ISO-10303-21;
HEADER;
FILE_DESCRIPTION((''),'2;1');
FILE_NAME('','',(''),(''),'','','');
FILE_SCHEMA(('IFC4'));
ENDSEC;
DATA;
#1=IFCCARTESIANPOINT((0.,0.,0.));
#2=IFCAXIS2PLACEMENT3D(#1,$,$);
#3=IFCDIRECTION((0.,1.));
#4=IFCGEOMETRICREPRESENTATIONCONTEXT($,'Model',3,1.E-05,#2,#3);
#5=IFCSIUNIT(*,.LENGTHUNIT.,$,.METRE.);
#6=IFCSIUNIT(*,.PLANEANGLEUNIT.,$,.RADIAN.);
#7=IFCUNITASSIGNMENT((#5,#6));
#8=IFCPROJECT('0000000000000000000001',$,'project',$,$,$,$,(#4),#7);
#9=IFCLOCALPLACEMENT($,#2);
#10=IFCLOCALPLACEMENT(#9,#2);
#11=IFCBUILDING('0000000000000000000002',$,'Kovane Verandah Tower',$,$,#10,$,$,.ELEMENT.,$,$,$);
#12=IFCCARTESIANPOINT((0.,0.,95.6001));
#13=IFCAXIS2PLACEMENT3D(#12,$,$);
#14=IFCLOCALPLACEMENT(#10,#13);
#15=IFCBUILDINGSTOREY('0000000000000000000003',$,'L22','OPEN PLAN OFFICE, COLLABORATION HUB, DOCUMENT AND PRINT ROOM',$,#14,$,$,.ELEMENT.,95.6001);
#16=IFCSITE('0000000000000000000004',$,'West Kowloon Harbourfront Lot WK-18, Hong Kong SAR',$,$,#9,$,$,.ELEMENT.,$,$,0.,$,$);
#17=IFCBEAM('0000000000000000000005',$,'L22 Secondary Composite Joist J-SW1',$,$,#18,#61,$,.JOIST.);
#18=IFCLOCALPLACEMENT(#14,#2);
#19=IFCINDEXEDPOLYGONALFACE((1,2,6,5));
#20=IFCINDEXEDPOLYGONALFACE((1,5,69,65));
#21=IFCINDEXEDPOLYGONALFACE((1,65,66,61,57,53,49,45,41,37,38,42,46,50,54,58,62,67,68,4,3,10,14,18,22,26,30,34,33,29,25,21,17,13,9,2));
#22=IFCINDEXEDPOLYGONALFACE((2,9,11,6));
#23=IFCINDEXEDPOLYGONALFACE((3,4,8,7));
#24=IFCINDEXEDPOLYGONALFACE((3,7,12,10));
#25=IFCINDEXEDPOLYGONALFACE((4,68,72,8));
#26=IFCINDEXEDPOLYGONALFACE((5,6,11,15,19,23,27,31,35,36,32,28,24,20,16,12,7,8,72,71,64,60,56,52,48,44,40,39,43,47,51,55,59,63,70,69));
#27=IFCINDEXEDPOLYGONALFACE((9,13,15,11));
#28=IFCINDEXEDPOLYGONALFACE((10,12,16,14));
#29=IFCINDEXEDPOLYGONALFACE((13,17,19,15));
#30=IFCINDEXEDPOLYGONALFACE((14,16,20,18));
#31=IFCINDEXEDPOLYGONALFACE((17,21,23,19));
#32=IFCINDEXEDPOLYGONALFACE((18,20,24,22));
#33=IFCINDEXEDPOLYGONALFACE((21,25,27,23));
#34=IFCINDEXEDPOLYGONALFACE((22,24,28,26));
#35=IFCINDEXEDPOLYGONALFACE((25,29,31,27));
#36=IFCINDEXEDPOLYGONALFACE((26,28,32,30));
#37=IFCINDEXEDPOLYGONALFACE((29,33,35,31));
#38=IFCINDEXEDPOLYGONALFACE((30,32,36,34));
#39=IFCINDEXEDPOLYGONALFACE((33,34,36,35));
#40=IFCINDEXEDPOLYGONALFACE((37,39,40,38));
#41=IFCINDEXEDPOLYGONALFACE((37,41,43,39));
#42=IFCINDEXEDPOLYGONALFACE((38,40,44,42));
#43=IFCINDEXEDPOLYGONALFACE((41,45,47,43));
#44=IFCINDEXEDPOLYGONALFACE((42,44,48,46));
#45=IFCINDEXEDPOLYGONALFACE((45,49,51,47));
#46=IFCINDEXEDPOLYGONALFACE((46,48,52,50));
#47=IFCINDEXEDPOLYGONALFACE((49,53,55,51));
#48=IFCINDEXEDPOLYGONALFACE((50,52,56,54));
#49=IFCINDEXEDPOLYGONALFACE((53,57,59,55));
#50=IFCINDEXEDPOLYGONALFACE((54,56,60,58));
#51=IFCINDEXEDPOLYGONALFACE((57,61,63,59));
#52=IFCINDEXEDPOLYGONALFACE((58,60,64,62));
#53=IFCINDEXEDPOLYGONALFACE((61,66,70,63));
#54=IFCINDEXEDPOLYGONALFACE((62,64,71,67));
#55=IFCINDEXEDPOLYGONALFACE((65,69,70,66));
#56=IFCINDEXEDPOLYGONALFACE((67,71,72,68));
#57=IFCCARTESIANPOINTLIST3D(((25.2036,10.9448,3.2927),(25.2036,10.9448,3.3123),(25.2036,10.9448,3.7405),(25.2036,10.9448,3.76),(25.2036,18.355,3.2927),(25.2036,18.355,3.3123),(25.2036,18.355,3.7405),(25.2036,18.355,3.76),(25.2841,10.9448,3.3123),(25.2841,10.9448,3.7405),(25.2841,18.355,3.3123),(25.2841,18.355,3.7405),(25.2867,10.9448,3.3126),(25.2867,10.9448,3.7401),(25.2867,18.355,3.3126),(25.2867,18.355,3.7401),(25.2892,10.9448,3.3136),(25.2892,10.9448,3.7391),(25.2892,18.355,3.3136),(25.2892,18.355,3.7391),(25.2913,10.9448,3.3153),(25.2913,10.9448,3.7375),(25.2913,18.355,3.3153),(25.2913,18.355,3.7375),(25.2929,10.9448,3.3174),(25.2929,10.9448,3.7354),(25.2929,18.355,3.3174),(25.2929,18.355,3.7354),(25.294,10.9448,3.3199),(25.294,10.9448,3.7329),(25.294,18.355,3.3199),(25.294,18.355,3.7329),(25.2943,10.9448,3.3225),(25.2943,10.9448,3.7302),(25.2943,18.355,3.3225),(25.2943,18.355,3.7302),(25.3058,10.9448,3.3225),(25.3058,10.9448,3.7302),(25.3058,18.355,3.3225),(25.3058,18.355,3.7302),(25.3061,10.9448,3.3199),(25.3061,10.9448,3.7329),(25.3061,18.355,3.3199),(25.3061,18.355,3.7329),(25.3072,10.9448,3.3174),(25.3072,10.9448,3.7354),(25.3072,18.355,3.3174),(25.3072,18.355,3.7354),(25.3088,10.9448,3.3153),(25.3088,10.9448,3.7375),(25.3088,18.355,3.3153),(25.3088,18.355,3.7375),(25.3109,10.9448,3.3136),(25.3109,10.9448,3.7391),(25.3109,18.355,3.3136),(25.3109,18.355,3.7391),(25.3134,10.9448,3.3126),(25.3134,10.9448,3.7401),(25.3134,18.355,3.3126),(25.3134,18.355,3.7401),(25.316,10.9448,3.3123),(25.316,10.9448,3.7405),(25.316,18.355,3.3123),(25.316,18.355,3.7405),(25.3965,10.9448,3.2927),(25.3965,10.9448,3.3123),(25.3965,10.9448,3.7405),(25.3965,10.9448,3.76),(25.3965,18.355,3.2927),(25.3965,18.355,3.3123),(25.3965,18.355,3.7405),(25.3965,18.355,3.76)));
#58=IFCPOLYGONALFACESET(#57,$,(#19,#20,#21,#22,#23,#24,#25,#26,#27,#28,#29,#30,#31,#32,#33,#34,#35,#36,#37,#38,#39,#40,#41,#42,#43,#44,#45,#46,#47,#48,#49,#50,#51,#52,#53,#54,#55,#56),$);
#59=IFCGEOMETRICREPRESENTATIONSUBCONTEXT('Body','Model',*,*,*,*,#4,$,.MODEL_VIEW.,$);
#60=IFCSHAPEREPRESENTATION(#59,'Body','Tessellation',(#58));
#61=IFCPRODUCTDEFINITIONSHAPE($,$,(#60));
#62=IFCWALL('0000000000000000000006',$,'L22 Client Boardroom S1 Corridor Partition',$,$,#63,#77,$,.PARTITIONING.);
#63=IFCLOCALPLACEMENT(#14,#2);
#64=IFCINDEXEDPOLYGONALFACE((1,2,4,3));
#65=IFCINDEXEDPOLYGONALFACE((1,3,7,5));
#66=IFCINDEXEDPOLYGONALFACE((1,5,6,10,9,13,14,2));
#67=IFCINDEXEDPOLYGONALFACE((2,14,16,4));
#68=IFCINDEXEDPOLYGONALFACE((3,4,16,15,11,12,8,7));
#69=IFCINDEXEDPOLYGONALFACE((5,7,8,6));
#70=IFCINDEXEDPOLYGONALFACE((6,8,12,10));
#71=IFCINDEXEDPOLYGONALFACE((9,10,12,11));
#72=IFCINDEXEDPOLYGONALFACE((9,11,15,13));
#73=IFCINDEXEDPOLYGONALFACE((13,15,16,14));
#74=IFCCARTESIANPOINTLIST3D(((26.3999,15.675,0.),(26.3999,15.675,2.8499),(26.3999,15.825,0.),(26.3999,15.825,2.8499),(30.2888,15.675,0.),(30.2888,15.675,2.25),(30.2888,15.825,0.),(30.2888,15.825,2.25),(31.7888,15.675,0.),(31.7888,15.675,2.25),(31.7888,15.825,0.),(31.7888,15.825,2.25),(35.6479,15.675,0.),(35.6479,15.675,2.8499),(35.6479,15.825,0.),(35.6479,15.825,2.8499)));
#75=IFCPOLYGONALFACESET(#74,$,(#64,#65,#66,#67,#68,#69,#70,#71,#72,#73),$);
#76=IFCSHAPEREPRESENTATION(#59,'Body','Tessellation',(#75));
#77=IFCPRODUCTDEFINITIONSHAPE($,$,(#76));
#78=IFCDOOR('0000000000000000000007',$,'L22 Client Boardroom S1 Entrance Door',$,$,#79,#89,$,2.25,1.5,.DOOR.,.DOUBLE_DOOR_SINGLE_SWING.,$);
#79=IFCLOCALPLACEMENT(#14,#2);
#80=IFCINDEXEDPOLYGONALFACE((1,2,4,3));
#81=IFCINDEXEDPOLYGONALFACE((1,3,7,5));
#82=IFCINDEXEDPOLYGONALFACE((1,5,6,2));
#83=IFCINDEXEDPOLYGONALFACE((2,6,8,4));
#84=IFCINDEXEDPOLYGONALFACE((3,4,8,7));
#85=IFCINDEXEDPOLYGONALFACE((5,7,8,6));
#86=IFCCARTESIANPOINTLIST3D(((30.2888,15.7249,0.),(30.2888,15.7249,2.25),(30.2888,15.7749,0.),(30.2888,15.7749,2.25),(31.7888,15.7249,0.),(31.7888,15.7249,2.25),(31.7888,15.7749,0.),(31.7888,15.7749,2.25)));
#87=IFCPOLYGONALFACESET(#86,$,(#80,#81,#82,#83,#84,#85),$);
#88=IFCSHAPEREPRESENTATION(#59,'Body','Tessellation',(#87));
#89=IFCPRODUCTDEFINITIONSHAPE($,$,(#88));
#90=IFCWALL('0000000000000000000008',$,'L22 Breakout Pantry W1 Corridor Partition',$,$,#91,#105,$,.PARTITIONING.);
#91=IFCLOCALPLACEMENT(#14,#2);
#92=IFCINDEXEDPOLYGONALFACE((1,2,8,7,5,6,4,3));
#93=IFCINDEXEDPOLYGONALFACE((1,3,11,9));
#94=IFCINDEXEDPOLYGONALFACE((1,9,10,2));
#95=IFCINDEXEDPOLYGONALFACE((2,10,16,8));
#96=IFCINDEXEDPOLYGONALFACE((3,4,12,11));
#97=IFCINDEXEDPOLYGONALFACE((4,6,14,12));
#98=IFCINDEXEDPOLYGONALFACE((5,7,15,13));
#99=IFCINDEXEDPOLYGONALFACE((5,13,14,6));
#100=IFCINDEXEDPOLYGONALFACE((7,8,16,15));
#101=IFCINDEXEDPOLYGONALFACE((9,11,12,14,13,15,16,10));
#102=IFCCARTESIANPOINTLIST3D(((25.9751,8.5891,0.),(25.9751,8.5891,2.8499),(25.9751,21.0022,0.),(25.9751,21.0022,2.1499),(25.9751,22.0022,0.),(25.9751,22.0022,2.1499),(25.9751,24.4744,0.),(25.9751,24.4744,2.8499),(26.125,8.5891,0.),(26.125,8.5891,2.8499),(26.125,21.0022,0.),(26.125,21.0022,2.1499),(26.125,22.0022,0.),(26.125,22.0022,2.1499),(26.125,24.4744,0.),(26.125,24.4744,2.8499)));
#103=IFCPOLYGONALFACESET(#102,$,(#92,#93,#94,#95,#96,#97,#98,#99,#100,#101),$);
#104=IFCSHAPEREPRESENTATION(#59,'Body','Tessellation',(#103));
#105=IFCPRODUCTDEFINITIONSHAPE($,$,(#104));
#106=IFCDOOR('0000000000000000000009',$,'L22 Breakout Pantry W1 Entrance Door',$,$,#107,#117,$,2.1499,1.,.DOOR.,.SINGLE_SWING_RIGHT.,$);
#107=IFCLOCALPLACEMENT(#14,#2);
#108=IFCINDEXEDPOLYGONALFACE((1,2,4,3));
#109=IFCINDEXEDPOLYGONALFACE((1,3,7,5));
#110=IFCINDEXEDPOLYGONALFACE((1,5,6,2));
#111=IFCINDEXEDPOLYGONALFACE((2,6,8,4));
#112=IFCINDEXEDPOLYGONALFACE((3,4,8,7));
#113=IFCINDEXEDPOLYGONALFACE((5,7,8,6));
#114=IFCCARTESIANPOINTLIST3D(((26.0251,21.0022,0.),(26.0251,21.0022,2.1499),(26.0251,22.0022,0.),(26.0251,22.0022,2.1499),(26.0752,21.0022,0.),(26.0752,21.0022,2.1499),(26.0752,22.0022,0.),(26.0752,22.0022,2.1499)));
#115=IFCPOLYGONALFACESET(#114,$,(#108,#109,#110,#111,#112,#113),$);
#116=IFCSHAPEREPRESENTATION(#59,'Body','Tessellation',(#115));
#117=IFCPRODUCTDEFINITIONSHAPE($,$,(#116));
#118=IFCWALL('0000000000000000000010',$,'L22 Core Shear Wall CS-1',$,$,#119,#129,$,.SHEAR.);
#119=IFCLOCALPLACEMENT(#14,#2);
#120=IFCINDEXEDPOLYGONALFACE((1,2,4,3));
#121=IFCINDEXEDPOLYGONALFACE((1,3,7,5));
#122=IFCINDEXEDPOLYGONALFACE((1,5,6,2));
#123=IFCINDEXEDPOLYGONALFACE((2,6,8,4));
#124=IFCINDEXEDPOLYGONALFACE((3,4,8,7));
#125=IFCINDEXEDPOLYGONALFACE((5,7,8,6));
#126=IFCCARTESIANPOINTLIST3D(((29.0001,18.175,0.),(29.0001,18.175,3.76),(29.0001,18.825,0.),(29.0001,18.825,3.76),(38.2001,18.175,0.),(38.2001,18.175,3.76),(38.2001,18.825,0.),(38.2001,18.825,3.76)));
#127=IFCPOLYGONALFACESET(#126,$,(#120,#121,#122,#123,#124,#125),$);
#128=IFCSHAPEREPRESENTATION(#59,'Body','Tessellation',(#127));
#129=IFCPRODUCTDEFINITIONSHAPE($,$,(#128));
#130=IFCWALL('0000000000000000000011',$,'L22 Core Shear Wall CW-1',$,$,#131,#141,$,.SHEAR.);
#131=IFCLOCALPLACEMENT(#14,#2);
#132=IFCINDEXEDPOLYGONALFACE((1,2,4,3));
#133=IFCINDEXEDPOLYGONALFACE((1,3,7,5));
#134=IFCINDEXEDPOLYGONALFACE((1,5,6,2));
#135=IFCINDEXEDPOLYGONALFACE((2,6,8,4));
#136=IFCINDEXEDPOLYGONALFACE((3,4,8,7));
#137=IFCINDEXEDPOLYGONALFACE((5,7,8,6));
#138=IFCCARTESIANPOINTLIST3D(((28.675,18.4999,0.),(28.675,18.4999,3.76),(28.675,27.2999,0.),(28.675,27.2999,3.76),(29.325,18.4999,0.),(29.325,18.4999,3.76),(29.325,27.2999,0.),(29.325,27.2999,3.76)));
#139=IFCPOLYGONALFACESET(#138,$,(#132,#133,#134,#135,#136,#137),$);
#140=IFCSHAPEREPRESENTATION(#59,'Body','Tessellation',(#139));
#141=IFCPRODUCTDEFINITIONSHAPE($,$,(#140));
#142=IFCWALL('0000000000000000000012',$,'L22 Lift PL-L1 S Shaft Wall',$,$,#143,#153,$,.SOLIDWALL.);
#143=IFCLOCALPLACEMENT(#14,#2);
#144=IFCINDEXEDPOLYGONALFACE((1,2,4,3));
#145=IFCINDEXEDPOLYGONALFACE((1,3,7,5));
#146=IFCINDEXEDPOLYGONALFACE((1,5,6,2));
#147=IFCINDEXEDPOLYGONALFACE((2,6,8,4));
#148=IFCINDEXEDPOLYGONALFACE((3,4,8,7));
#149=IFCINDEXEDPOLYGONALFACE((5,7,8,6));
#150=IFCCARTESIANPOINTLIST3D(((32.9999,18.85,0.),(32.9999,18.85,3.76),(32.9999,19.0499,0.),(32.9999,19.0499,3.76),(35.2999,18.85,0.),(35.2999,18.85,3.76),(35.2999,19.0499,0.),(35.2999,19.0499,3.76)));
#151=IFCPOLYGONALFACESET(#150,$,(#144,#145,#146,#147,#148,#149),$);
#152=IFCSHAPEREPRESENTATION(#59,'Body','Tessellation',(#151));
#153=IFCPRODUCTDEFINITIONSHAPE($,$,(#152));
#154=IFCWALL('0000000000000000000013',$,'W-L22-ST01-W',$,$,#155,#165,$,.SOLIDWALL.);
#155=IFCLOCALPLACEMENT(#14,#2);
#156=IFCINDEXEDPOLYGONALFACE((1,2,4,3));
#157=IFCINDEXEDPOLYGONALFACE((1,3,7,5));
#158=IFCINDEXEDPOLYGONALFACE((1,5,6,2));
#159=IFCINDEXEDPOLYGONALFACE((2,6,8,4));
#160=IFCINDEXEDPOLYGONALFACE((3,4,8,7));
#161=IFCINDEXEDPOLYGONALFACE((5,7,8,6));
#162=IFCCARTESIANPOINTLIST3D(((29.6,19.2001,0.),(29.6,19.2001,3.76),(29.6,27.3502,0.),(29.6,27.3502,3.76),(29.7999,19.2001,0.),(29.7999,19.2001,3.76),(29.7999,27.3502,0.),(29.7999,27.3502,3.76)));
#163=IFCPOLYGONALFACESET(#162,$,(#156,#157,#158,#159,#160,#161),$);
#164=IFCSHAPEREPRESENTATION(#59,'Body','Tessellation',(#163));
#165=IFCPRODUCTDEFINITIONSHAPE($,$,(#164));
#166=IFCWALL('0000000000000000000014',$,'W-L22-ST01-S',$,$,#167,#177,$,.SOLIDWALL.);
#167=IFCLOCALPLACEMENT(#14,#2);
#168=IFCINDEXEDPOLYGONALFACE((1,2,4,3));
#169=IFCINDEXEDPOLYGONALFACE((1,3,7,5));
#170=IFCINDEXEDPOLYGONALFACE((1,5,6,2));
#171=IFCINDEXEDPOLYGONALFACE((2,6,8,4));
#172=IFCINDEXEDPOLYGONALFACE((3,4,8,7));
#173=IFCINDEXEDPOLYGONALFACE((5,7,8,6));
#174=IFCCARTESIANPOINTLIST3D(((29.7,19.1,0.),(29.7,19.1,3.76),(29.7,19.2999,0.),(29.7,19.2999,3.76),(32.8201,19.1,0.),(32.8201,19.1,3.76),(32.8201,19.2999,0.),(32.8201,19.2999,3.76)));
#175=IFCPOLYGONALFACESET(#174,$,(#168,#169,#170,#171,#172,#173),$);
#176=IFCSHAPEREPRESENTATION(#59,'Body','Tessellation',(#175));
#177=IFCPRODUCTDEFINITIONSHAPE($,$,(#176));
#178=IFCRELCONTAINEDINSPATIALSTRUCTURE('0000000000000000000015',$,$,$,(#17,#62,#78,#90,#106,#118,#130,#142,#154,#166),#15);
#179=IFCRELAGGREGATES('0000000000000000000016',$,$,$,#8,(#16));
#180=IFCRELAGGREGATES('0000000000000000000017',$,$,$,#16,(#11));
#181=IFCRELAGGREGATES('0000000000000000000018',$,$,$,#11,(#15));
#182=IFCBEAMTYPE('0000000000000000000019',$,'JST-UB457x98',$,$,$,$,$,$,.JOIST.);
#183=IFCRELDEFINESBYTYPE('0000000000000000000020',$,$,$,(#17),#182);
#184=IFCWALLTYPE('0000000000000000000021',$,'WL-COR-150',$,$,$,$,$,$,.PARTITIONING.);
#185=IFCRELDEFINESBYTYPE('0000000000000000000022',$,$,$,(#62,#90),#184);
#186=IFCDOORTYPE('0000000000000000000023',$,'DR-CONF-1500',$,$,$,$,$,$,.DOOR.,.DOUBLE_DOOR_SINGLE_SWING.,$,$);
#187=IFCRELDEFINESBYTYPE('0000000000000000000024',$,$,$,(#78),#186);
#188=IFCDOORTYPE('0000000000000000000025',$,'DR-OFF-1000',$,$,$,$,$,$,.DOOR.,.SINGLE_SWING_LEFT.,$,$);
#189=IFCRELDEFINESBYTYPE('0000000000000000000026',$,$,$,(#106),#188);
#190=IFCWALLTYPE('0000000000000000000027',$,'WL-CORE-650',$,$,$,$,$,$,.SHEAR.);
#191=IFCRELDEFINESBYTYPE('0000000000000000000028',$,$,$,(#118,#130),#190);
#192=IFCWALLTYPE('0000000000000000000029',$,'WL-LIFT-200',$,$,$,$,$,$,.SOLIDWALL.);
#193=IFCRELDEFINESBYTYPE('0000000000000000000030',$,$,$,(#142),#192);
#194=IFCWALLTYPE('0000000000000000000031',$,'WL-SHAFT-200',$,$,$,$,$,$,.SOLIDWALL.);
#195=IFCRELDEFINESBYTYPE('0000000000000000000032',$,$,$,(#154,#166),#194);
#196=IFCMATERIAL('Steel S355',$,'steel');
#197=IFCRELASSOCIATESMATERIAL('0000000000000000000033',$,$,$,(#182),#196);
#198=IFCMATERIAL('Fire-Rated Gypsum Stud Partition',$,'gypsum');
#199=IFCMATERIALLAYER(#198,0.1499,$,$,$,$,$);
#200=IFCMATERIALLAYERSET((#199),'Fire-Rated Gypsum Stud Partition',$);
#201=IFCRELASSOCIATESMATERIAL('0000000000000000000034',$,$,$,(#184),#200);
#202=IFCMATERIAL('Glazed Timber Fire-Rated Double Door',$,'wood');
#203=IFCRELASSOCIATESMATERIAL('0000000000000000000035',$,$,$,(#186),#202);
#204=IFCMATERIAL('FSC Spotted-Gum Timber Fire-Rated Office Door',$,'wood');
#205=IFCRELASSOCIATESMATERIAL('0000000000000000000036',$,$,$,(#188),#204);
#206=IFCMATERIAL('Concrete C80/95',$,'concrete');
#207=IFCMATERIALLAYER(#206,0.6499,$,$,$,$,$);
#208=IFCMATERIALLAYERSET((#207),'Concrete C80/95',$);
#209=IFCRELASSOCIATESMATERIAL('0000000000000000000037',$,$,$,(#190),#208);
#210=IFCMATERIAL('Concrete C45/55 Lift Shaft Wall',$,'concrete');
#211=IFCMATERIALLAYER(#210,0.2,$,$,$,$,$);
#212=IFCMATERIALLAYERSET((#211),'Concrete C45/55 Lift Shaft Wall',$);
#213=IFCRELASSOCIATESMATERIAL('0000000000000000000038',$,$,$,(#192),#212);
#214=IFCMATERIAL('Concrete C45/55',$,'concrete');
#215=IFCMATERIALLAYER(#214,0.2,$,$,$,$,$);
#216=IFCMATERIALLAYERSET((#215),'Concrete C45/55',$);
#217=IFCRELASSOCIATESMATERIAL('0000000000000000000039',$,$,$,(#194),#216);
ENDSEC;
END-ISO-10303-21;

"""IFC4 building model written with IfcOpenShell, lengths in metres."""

from ifc_helpers import new_model, si_unit, direction, frame, frame_2d, origin, origin_2d, place, context, subcontext, project, spatial, rectangle, i_section, extrude, material, layer, layer_set, material_profile, profile_set, type_object, element, fill, save


model = new_model("IFC4")

# Units and contexts
model_context = context("Model", 3, precision=1e-05, world=origin(), true_north=direction((0.0, 1.0)))
body_context = subcontext(model_context, "Body", "Model", "MODEL_VIEW")
ifc_project = project(units=[si_unit("LENGTHUNIT", "METRE"), si_unit("PLANEANGLEUNIT", "RADIAN")], contexts=[model_context])

# Site, building, storey
site_placement = place(None, origin())
site = spatial("IfcSite", under=ifc_project, at=site_placement, Name="West Kowloon Harbourfront Lot WK-18, Hong Kong SAR", CompositionType="ELEMENT", RefElevation=0.0)
building_placement = place(site_placement, origin())
building = spatial("IfcBuilding", under=site, at=building_placement, Name="Kovane Verandah Tower", CompositionType="ELEMENT")
storey_placement = place(building_placement, frame((0.0, 0.0, 95.6001)))
storey = spatial("IfcBuildingStorey", under=building, at=storey_placement, Name="L22", Description="OPEN PLAN OFFICE, COLLABORATION HUB, DOCUMENT AND PRINT ROOM", CompositionType="ELEMENT", Elevation=95.6001)

# Shared definitions
ifc_material_1 = material(Name="Concrete C80/95", Category="concrete")

# Beam
ifc_material_2 = material(Name="Steel S355", Category="steel")
ifc_material_profile_1 = material_profile(ifc_material_2, i_section(OverallWidth=0.1929, OverallDepth=0.4673, WebThickness=0.0115, FlangeThickness=0.0195, FilletRadius=0.0103, at=origin_2d()), Name="UB457x191x98")
ifc_profile_set_1 = profile_set([ifc_material_profile_1], Name="Steel S355")
beam_type_1 = type_object("IfcBeamType", Name="JST-UB457x98", PredefinedType="JOIST", material=ifc_profile_set_1)
beam_1_placement = place(storey_placement, frame((25.3, 10.9448, 3.5264), z_axis=(0.0, 1.0, 0.0), x_axis=(-1.0, 0.0, 0.0)))
element("IfcBeam", 1, at=beam_1_placement, inside=storey, type_object=beam_type_1, Name="L22 Secondary Composite Joist J-SW1", PredefinedType="JOIST", context=body_context, shape_type="SweptSolid", body=[
    extrude(i_section(OverallWidth=0.1929, OverallDepth=0.4673, WebThickness=0.0115, FlangeThickness=0.0195, FilletRadius=0.0103, at=origin_2d()), origin(), (0.0, 0.0, 1.0), 7.4102),
])

# Walls, openings, doors
ifc_material_3 = material(Name="Fire-Rated Gypsum Stud Partition", Category="gypsum")
ifc_layer_1 = layer(ifc_material_3, 0.1499)
ifc_layer_set_1 = layer_set([ifc_layer_1], Name="Fire-Rated Gypsum Stud Partition")
wall_type_1 = type_object("IfcWallType", Name="WL-COR-150", PredefinedType="PARTITIONING", material=ifc_layer_set_1)
wall_1_placement = place(storey_placement, frame((26.3999, 15.75, 0.0), z_axis=(0.0, 0.0, 1.0), x_axis=(1.0, 0.0, 0.0)))
wall_1 = element("IfcWall", 2, at=wall_1_placement, inside=storey, type_object=wall_type_1, Name="L22 Client Boardroom S1 Corridor Partition", PredefinedType="PARTITIONING", context=body_context, shape_type="SweptSolid", body=[
    extrude(rectangle(XDim=9.248, YDim=0.1499, at=frame_2d((4.624, 0.0))), origin(), (0.0, 0.0, 1.0), 2.8499),
])
opening_1_placement = place(wall_1_placement, frame((3.8889, 0.0, 0.0)))
opening_1 = element("IfcOpeningElement", 3, at=opening_1_placement, cuts=wall_1, PredefinedType="OPENING", context=body_context, shape_type="SweptSolid", body=[
    extrude(rectangle(XDim=1.5, YDim=2.25, at=frame_2d((0.75, 1.125))), frame((0.0, 0.075, 0.0), z_axis=(0.0, -1.0, 0.0), x_axis=(1.0, 0.0, 0.0)), (0.0, 0.0, 1.0), 0.1499),
])
ifc_material_4 = material(Name="Glazed Timber Fire-Rated Double Door", Category="wood")
door_type_1 = type_object("IfcDoorType", Name="DR-CONF-1500", OperationType="DOUBLE_DOOR_SINGLE_SWING", PredefinedType="DOOR", material=ifc_material_4)
door_1_placement = place(opening_1_placement, origin())
door_1 = element("IfcDoor", 4, at=door_1_placement, inside=storey, type_object=door_type_1, Name="L22 Client Boardroom S1 Entrance Door", OperationType="DOUBLE_DOOR_SINGLE_SWING", OverallHeight=2.25, OverallWidth=1.5, PredefinedType="DOOR", context=body_context, shape_type="SweptSolid", body=[
    extrude(rectangle(XDim=1.5, YDim=2.25, at=frame_2d((0.75, 1.125))), frame((0.0, 0.0249, 0.0), z_axis=(0.0, -1.0, 0.0), x_axis=(1.0, 0.0, 0.0)), (0.0, 0.0, 1.0), 0.05),
])
fill(opening_1, door_1)
wall_2_placement = place(storey_placement, frame((26.05, 8.5891, 0.0), z_axis=(0.0, 0.0, 1.0), x_axis=(0.0, 1.0, 0.0)))
wall_2 = element("IfcWall", 5, at=wall_2_placement, inside=storey, type_object=wall_type_1, Name="L22 Breakout Pantry W1 Corridor Partition", PredefinedType="PARTITIONING", context=body_context, shape_type="SweptSolid", body=[
    extrude(rectangle(XDim=15.8853, YDim=0.1499, at=frame_2d((7.9426, 0.0))), origin(), (0.0, 0.0, 1.0), 2.8499),
])
opening_2_placement = place(wall_2_placement, frame((12.4131, 0.0, 0.0)))
opening_2 = element("IfcOpeningElement", 6, at=opening_2_placement, cuts=wall_2, PredefinedType="OPENING", context=body_context, shape_type="SweptSolid", body=[
    extrude(rectangle(XDim=1.0, YDim=2.1499, at=frame_2d((0.5, 1.075))), frame((0.0, 0.075, 0.0), z_axis=(0.0, -1.0, 0.0), x_axis=(1.0, 0.0, 0.0)), (0.0, 0.0, 1.0), 0.1499),
])
ifc_material_5 = material(Name="FSC Spotted-Gum Timber Fire-Rated Office Door", Category="wood")
door_type_2 = type_object("IfcDoorType", Name="DR-OFF-1000", OperationType="SINGLE_SWING_LEFT", PredefinedType="DOOR", material=ifc_material_5)
door_2_placement = place(opening_2_placement, origin())
door_2 = element("IfcDoor", 7, at=door_2_placement, inside=storey, type_object=door_type_2, Name="L22 Breakout Pantry W1 Entrance Door", OperationType="SINGLE_SWING_RIGHT", OverallHeight=2.1499, OverallWidth=1.0, PredefinedType="DOOR", context=body_context, shape_type="SweptSolid", body=[
    extrude(rectangle(XDim=1.0, YDim=2.1499, at=frame_2d((0.5, 1.075))), frame((0.0, 0.0249, 0.0), z_axis=(0.0, -1.0, 0.0), x_axis=(1.0, 0.0, 0.0)), (0.0, 0.0, 1.0), 0.05),
])
fill(opening_2, door_2)

# Walls
ifc_layer_2 = layer(ifc_material_1, 0.6499)
ifc_layer_set_2 = layer_set([ifc_layer_2], Name="Concrete C80/95")
wall_type_2 = type_object("IfcWallType", Name="WL-CORE-650", PredefinedType="SHEAR", material=ifc_layer_set_2)
wall_3_placement = place(storey_placement, frame((29.0, 18.5, 0.0), z_axis=(0.0, 0.0, 1.0), x_axis=(1.0, 0.0, 0.0)))
element("IfcWall", 8, at=wall_3_placement, inside=storey, type_object=wall_type_2, Name="L22 Core Shear Wall CS-1", PredefinedType="SHEAR", context=body_context, shape_type="SweptSolid", body=[
    extrude(rectangle(XDim=9.2, YDim=0.6499, at=frame_2d((4.6001, 0.0))), origin(), (0.0, 0.0, 1.0), 3.76),
])
wall_4_placement = place(storey_placement, frame((29.0, 18.5, 0.0), z_axis=(0.0, 0.0, 1.0), x_axis=(0.0, 1.0, 0.0)))
element("IfcWall", 9, at=wall_4_placement, inside=storey, type_object=wall_type_2, Name="L22 Core Shear Wall CW-1", PredefinedType="SHEAR", context=body_context, shape_type="SweptSolid", body=[
    extrude(rectangle(XDim=8.8, YDim=0.6499, at=frame_2d((4.3999, 0.0))), origin(), (0.0, 0.0, 1.0), 3.76),
])
ifc_material_6 = material(Name="Concrete C45/55 Lift Shaft Wall", Category="concrete")
ifc_layer_3 = layer(ifc_material_6, 0.2)
ifc_layer_set_3 = layer_set([ifc_layer_3], Name="Concrete C45/55 Lift Shaft Wall")
wall_type_3 = type_object("IfcWallType", Name="WL-LIFT-200", PredefinedType="SOLIDWALL", material=ifc_layer_set_3)
wall_5_placement = place(storey_placement, frame((33.0, 18.95, 0.0), z_axis=(0.0, 0.0, 1.0), x_axis=(1.0, 0.0, 0.0)))
element("IfcWall", 10, at=wall_5_placement, inside=storey, type_object=wall_type_3, Name="L22 Lift PL-L1 S Shaft Wall", PredefinedType="SOLIDWALL", context=body_context, shape_type="SweptSolid", body=[
    extrude(rectangle(XDim=2.3, YDim=0.2, at=frame_2d((1.1499, 0.0))), origin(), (0.0, 0.0, 1.0), 3.76),
])
ifc_material_7 = material(Name="Concrete C45/55", Category="concrete")
ifc_layer_4 = layer(ifc_material_7, 0.2)
ifc_layer_set_4 = layer_set([ifc_layer_4], Name="Concrete C45/55")
wall_type_4 = type_object("IfcWallType", Name="WL-SHAFT-200", PredefinedType="SOLIDWALL", material=ifc_layer_set_4)
wall_6_placement = place(storey_placement, frame((29.7, 19.2, 0.0), z_axis=(0.0, 0.0, 1.0), x_axis=(0.0, 1.0, 0.0)))
element("IfcWall", 11, at=wall_6_placement, inside=storey, type_object=wall_type_4, Name="W-L22-ST01-W", PredefinedType="SOLIDWALL", context=body_context, shape_type="SweptSolid", body=[
    extrude(rectangle(XDim=8.1501, YDim=0.2, at=frame_2d((4.0752, 0.0))), origin(), (0.0, 0.0, 1.0), 3.76),
])
wall_7_placement = place(storey_placement, frame((29.7, 19.2, 0.0), z_axis=(0.0, 0.0, 1.0), x_axis=(1.0, 0.0, 0.0)))
element("IfcWall", 12, at=wall_7_placement, inside=storey, type_object=wall_type_4, Name="W-L22-ST01-S", PredefinedType="SOLIDWALL", context=body_context, shape_type="SweptSolid", body=[
    extrude(rectangle(XDim=3.1201, YDim=0.2, at=frame_2d((1.5601, 0.0))), origin(), (0.0, 0.0, 1.0), 3.76),
])

save(model, "model.ifc")
